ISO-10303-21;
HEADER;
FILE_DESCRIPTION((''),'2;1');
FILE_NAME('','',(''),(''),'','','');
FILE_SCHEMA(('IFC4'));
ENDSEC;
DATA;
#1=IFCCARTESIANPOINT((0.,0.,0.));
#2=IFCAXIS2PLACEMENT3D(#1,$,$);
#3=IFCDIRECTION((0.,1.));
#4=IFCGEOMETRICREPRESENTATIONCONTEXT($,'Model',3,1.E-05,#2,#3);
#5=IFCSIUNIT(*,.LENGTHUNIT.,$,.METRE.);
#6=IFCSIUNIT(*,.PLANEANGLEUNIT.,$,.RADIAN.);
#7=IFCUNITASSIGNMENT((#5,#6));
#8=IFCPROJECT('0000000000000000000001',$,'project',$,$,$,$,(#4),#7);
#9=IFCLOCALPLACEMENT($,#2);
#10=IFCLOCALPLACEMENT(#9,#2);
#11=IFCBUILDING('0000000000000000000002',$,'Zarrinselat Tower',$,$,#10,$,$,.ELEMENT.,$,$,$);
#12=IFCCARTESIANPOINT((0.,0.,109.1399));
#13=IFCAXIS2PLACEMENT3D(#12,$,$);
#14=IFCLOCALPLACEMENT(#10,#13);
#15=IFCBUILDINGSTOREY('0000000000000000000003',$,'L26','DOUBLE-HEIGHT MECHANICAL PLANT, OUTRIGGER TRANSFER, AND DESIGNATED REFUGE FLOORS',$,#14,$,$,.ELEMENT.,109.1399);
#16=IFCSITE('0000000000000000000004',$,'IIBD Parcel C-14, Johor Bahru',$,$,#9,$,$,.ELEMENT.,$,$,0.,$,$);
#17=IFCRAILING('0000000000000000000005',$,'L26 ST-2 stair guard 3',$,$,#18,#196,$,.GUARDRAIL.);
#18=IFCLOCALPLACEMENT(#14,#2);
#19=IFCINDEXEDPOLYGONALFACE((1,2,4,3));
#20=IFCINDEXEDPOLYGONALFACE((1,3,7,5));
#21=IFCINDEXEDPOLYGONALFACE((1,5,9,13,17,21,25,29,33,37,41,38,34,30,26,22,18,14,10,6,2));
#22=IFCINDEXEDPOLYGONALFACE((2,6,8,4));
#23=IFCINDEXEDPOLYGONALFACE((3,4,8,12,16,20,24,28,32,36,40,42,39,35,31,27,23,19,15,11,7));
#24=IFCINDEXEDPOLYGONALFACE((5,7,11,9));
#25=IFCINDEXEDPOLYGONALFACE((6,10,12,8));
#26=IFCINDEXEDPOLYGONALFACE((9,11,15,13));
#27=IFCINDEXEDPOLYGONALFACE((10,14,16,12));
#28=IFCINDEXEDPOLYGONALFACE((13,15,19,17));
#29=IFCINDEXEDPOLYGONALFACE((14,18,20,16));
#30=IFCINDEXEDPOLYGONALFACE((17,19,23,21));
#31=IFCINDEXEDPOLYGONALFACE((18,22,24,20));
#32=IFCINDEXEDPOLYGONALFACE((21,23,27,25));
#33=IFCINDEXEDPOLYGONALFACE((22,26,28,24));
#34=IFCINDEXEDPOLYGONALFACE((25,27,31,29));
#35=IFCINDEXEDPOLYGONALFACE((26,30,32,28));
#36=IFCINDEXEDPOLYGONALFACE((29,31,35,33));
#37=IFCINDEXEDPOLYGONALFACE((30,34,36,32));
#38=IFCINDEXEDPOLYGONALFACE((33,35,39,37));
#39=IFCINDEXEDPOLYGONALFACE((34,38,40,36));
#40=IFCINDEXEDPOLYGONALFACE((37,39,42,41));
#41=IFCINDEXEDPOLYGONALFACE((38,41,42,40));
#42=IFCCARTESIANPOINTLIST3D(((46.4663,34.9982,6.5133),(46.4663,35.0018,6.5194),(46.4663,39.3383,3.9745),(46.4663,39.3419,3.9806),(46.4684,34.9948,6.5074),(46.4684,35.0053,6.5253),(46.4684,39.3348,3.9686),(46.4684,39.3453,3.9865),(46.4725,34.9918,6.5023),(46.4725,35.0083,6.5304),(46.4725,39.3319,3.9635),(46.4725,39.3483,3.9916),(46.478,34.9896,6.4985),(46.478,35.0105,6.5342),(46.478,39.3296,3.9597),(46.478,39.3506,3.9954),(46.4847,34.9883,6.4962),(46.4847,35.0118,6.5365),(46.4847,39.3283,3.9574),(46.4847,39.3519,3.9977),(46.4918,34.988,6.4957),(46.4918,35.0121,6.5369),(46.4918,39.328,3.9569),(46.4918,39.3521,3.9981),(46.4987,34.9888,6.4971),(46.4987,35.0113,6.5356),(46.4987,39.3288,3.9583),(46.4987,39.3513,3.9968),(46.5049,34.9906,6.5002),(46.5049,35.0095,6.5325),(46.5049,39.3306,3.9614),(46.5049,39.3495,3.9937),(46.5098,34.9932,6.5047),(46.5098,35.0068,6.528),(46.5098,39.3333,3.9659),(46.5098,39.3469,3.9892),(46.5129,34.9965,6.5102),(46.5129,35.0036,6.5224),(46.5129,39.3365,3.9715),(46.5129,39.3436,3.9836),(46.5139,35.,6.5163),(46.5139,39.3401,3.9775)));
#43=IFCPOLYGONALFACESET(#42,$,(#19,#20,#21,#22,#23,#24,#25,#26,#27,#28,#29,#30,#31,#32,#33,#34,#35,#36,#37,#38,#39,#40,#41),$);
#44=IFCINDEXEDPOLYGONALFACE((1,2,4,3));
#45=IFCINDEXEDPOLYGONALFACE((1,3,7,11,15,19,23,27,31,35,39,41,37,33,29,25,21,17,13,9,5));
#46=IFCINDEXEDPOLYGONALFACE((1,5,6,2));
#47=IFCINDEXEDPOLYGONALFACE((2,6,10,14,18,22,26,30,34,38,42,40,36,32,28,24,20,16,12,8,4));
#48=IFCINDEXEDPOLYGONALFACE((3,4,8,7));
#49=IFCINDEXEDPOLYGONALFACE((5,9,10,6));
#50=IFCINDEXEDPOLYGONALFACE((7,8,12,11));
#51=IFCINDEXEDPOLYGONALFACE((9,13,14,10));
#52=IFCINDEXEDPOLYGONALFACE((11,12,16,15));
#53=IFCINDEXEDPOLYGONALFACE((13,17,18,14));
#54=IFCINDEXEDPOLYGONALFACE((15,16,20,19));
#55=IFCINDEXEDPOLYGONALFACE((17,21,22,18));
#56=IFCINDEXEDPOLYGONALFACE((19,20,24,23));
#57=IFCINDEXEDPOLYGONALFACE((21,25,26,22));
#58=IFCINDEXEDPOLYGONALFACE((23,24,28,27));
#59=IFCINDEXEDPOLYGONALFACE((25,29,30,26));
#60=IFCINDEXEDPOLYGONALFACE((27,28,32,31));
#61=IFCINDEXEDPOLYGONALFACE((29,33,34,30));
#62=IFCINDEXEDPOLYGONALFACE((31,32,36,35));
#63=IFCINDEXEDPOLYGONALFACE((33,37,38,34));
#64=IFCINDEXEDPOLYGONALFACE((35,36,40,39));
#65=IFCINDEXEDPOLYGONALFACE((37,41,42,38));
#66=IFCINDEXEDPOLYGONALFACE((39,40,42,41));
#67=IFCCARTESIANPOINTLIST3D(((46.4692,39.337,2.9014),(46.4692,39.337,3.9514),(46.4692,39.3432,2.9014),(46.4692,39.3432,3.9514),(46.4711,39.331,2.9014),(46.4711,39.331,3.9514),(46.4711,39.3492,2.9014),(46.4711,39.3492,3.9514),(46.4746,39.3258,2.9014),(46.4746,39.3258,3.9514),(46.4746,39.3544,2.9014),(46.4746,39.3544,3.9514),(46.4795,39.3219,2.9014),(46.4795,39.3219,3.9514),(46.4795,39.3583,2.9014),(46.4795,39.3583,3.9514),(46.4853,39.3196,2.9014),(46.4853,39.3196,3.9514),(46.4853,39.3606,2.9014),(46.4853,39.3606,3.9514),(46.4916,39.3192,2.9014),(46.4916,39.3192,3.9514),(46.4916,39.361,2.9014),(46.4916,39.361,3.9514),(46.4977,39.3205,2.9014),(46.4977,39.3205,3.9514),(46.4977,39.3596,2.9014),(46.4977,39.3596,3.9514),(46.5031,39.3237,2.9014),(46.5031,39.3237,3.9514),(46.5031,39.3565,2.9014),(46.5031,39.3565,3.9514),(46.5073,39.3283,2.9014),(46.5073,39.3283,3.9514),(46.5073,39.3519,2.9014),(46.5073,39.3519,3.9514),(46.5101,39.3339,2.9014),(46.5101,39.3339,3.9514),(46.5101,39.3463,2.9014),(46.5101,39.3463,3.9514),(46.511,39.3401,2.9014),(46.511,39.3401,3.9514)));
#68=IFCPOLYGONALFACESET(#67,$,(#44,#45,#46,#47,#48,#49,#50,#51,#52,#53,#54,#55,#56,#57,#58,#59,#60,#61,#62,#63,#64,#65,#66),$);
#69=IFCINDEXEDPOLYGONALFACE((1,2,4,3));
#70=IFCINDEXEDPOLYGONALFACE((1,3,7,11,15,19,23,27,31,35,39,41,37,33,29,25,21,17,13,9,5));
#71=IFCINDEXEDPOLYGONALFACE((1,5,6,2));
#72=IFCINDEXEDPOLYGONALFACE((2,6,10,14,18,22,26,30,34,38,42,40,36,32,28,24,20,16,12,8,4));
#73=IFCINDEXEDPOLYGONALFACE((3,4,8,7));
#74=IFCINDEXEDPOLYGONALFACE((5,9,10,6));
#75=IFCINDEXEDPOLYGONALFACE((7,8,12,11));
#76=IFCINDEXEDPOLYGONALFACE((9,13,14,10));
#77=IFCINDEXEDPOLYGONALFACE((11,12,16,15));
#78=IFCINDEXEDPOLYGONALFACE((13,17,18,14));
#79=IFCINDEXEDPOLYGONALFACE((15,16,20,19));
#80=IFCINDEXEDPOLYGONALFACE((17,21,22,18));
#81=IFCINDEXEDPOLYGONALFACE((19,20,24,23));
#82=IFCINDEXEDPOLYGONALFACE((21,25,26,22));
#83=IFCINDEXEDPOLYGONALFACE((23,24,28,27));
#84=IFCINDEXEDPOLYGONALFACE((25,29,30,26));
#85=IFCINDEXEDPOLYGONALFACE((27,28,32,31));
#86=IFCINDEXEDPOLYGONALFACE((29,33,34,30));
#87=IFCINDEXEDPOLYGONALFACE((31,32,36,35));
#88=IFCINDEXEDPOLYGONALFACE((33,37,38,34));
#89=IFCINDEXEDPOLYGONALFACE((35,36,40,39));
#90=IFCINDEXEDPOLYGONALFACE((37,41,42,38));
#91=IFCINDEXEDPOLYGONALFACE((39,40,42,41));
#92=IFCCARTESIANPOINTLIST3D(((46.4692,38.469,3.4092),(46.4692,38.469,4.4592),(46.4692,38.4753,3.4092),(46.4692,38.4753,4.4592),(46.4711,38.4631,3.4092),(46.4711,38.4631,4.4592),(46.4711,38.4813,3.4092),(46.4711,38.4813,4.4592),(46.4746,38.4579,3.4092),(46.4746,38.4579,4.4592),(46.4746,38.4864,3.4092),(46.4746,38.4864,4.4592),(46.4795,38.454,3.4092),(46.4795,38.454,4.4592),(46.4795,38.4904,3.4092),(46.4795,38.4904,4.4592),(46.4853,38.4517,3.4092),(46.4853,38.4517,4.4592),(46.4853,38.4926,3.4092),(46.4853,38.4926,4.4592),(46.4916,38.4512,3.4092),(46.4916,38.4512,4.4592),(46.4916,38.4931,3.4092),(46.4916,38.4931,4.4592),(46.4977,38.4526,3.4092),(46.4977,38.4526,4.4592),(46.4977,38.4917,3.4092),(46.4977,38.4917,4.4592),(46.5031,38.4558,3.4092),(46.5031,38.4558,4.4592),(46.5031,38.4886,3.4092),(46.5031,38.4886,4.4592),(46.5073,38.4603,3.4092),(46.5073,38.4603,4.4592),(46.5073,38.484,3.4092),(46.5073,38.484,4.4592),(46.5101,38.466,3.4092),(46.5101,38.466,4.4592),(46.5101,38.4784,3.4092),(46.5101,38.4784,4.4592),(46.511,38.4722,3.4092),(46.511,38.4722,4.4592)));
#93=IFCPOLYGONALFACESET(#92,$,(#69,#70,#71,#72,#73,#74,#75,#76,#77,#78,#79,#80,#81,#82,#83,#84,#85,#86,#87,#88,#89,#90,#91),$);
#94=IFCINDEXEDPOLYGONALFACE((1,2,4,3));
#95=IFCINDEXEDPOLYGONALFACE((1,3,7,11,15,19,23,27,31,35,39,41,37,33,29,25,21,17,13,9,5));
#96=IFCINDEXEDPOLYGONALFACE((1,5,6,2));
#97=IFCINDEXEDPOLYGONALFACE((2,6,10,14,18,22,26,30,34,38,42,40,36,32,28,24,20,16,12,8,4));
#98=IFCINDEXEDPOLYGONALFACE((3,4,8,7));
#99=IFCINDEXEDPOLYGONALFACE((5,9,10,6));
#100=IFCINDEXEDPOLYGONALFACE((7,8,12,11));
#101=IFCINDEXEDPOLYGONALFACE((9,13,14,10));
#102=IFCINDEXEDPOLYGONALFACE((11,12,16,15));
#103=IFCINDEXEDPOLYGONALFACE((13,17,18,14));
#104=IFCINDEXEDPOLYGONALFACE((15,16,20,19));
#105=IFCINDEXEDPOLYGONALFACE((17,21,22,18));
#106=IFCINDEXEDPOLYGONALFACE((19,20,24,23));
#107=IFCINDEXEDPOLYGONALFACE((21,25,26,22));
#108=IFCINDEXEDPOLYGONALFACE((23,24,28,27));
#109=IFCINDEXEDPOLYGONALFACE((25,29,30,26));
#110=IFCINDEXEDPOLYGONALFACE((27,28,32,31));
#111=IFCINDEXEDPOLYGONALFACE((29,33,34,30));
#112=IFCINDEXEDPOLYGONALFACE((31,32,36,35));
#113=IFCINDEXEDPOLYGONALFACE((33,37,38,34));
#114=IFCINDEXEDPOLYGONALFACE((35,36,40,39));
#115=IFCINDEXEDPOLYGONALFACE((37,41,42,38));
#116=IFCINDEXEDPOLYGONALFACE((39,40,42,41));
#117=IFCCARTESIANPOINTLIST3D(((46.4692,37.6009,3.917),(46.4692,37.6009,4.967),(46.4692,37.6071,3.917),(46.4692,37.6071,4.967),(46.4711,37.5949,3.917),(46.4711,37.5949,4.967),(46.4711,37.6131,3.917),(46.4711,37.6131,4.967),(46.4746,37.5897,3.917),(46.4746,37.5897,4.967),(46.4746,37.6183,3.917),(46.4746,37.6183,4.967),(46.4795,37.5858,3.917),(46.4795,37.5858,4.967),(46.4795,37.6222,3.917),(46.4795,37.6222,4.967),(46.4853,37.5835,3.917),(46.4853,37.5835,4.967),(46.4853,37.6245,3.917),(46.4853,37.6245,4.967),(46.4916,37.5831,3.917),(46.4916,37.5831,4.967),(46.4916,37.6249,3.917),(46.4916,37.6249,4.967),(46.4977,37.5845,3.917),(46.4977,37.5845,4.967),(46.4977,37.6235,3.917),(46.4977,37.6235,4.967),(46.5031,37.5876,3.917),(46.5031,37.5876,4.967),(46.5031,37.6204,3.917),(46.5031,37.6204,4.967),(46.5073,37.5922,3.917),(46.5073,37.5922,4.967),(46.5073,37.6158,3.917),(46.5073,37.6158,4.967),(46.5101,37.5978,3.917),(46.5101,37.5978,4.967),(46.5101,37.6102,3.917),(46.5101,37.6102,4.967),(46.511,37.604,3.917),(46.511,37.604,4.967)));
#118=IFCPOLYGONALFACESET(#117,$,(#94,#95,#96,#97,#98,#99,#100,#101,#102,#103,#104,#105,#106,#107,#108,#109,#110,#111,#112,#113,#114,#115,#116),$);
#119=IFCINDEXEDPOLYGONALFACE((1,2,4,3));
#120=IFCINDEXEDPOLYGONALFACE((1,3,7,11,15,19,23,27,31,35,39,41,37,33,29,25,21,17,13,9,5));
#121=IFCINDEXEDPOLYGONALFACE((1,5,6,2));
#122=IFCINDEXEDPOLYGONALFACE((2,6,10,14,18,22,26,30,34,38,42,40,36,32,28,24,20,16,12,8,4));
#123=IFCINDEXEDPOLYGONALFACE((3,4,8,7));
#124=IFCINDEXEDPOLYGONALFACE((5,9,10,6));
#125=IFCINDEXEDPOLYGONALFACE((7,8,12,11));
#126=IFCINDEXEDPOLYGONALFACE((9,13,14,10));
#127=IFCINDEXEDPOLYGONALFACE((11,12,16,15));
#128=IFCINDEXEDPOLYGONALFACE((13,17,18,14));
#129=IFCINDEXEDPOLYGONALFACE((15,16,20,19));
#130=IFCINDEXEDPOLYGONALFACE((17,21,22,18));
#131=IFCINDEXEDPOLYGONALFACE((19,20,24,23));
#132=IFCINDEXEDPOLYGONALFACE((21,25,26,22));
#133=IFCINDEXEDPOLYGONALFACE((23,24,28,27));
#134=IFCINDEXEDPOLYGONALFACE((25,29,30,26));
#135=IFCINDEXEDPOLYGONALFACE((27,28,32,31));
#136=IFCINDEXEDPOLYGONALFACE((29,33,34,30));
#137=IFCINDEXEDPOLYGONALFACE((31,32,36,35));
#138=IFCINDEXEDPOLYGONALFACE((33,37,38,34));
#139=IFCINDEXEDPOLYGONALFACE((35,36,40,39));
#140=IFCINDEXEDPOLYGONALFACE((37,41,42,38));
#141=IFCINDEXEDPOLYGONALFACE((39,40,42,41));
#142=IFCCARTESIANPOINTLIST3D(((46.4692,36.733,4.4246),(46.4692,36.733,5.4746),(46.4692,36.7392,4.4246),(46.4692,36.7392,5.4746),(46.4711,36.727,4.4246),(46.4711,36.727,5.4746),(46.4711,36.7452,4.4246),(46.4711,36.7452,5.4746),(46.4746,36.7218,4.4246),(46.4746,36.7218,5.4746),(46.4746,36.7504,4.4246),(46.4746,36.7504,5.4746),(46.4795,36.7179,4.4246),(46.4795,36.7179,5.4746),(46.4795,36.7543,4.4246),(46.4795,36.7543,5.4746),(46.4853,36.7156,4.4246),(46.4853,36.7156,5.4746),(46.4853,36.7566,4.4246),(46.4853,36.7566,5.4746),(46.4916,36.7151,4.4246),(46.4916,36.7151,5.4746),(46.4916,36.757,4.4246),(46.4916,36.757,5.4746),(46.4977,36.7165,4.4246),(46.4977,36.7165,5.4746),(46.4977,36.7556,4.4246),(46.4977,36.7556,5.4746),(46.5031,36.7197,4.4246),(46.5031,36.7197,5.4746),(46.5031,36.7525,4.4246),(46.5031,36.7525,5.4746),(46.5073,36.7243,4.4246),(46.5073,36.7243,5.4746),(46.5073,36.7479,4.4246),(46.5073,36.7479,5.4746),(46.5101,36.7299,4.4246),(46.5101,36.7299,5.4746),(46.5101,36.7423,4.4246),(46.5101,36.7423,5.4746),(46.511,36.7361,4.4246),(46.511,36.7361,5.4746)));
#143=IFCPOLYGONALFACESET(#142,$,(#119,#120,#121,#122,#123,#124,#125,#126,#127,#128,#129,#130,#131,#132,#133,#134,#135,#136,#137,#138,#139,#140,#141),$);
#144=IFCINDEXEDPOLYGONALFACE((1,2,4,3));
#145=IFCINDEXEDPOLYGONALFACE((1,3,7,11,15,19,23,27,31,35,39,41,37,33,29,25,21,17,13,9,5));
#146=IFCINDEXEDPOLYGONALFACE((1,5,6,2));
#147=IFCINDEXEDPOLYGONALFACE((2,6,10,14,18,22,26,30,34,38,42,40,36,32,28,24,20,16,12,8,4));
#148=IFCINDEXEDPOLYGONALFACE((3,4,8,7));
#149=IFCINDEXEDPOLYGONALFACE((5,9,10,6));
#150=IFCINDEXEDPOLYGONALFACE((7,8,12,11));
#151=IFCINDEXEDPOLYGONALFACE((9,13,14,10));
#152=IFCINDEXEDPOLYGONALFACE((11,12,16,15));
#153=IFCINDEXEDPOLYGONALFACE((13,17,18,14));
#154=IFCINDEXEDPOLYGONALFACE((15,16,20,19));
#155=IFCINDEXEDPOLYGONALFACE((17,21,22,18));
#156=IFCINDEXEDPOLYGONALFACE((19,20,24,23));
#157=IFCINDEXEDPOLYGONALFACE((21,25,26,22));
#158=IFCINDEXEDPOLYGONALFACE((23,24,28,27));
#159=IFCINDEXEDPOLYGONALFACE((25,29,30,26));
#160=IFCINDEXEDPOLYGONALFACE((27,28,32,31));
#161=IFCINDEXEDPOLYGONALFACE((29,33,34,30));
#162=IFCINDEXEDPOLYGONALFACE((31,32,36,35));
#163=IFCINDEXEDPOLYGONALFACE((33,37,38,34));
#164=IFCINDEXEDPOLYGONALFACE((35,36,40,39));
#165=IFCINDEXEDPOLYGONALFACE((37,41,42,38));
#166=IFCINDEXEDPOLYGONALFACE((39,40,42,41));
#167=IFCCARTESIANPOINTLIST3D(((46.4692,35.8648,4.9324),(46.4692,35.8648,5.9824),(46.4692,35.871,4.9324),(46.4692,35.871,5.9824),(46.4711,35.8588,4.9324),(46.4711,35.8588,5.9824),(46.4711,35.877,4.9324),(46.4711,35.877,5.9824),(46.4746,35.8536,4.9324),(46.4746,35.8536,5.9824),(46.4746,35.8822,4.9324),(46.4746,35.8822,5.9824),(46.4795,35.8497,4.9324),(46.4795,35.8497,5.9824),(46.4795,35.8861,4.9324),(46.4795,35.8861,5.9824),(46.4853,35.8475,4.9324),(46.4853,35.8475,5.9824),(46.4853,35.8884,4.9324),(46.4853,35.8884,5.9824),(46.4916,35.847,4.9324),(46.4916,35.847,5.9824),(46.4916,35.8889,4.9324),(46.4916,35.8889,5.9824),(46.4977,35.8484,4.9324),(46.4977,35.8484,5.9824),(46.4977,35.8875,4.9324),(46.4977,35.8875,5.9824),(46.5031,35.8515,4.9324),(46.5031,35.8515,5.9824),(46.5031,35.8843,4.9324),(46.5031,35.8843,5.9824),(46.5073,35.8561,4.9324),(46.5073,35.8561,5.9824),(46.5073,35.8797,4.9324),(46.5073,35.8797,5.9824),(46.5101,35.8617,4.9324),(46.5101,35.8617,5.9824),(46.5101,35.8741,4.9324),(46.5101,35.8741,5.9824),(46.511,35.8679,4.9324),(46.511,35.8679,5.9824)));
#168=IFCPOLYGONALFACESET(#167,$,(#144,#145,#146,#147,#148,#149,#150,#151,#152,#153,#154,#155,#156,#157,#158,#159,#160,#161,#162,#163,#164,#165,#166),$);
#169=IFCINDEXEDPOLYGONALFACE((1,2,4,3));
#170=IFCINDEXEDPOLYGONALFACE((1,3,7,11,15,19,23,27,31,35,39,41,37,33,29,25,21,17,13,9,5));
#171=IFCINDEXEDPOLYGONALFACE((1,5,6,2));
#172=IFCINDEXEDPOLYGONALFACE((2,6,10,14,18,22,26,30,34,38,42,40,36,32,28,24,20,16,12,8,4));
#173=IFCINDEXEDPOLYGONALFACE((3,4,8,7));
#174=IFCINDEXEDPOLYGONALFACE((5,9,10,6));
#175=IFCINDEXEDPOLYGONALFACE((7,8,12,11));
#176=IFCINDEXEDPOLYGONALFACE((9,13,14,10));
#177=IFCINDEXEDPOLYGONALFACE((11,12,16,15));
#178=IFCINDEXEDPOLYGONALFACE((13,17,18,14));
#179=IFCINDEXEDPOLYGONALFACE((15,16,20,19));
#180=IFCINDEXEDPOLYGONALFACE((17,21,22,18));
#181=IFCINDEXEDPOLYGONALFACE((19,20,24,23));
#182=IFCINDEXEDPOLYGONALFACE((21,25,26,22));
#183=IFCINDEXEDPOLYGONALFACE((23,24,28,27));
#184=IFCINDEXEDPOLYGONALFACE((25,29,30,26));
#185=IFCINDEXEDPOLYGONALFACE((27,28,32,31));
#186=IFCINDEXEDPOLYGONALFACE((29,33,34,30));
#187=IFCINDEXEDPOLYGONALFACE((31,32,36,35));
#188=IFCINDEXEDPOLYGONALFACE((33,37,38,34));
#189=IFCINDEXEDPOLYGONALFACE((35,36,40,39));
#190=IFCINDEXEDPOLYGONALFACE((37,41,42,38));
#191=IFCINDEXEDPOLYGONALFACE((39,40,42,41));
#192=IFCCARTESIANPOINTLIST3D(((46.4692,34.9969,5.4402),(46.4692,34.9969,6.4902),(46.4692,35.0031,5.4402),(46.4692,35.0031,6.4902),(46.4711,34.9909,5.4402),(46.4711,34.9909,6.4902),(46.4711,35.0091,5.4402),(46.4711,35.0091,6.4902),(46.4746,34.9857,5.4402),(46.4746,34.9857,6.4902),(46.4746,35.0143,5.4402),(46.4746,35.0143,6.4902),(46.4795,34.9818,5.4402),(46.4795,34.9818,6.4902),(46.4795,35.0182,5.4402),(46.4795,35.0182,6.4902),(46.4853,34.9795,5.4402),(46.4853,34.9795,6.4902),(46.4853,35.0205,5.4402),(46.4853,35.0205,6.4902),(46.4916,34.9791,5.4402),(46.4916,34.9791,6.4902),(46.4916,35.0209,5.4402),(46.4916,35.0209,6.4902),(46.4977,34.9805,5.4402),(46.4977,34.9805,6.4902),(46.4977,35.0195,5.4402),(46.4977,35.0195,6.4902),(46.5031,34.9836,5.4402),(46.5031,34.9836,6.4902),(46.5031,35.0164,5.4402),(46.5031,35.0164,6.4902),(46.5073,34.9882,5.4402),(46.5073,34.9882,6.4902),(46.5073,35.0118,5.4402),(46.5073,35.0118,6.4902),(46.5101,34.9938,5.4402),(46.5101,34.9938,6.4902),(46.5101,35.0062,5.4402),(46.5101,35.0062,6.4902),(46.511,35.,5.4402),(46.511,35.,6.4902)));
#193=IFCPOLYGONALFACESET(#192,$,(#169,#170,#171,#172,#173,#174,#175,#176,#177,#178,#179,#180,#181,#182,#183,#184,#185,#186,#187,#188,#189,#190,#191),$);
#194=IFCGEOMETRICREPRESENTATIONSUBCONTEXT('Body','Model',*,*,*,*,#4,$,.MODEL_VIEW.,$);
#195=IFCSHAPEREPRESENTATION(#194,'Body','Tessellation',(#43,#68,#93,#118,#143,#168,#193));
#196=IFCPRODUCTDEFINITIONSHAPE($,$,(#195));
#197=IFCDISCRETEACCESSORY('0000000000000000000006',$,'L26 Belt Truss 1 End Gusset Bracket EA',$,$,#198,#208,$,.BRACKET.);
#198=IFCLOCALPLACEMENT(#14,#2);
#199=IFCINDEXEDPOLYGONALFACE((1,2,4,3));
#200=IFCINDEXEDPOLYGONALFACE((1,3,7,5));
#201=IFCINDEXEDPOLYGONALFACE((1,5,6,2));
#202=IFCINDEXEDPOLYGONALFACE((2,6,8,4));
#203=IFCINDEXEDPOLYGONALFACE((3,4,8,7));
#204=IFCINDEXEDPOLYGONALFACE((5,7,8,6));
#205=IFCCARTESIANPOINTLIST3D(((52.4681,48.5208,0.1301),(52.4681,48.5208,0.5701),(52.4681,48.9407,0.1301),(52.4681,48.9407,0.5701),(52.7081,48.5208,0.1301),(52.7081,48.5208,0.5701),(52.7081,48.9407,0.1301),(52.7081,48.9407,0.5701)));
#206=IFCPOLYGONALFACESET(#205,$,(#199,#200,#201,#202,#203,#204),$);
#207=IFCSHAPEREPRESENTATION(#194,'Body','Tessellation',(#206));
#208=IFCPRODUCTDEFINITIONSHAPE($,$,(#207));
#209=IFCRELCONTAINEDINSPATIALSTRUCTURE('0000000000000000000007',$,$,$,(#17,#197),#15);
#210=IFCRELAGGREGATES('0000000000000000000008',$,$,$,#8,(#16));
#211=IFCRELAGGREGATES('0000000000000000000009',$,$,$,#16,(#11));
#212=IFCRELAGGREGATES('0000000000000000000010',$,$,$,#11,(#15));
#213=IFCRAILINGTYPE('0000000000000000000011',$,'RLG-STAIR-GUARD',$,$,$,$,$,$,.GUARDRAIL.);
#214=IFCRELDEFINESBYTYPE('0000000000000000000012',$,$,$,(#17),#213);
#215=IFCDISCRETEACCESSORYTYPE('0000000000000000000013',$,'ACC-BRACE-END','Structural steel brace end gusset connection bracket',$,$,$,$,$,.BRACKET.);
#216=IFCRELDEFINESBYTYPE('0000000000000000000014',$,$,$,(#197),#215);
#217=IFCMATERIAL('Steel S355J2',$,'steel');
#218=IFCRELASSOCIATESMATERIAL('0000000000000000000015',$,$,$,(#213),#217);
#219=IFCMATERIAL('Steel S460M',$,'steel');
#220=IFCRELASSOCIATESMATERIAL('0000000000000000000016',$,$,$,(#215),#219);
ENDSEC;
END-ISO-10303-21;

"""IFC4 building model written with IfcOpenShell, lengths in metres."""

from ifc_helpers import new_model, si_unit, direction, frame, origin, origin_2d, place, context, subcontext, project, spatial, rectangle, circle, extrude, material, type_object, element, save


model = new_model("IFC4")

# Units and contexts
model_context = context("Model", 3, precision=1e-05, world=origin(), true_north=direction((0.0, 1.0)))
body_context = subcontext(model_context, "Body", "Model", "MODEL_VIEW")
ifc_project = project(units=[si_unit("LENGTHUNIT", "METRE"), si_unit("PLANEANGLEUNIT", "RADIAN")], contexts=[model_context])

# Site, building, storey
site_placement = place(None, origin())
site = spatial("IfcSite", under=ifc_project, at=site_placement, Name="IIBD Parcel C-14, Johor Bahru", CompositionType="ELEMENT", RefElevation=0.0)
building_placement = place(site_placement, origin())
building = spatial("IfcBuilding", under=site, at=building_placement, Name="Zarrinselat Tower", CompositionType="ELEMENT")
storey_placement = place(building_placement, frame((0.0, 0.0, 109.1399)))
storey = spatial("IfcBuildingStorey", under=building, at=storey_placement, Name="L26", Description="DOUBLE-HEIGHT MECHANICAL PLANT, OUTRIGGER TRANSFER, AND DESIGNATED REFUGE FLOORS", CompositionType="ELEMENT", Elevation=109.1399)

# Railing
ifc_material_1 = material(Name="Steel S355J2", Category="steel")
railing_type = type_object("IfcRailingType", Name="RLG-STAIR-GUARD", PredefinedType="GUARDRAIL", material=ifc_material_1)
railing_1_placement = place(storey_placement, frame((46.49, 39.3401, 2.9014)))
element("IfcRailing", 1, at=railing_1_placement, inside=storey, type_object=railing_type, Name="L26 ST-2 stair guard 3", PredefinedType="GUARDRAIL", context=body_context, shape_type="SweptSolid", body=[
    extrude(circle(Radius=0.0239, at=origin_2d()), frame((0.0, 0.0, 1.0762), z_axis=(0.0, -0.863164, 0.504924), x_axis=(1.0, 0.0, 0.0)), (0.0, 0.0, 1.0), 5.0281),
    extrude(circle(Radius=0.021, at=origin_2d()), origin(), (0.0, 0.0, 1.0), 1.05),
    extrude(circle(Radius=0.021, at=origin_2d()), frame((0.0, -0.8679, 0.5078)), (0.0, 0.0, 1.0), 1.05),
    extrude(circle(Radius=0.021, at=origin_2d()), frame((0.0, -1.7361, 1.0156)), (0.0, 0.0, 1.0), 1.05),
    extrude(circle(Radius=0.021, at=origin_2d()), frame((0.0, -2.604, 1.5232)), (0.0, 0.0, 1.0), 1.05),
    extrude(circle(Radius=0.021, at=origin_2d()), frame((0.0, -3.4722, 2.031)), (0.0, 0.0, 1.0), 1.05),
    extrude(circle(Radius=0.021, at=origin_2d()), frame((0.0, -4.3401, 2.5388)), (0.0, 0.0, 1.0), 1.05),
])

# Discrete accessory
ifc_material_2 = material(Name="Steel S460M", Category="steel")
discrete_accessory_type_1 = type_object("IfcDiscreteAccessoryType", Name="ACC-BRACE-END", Description="Structural steel brace end gusset connection bracket", PredefinedType="BRACKET", material=ifc_material_2)
for number, where, z_axis, x_axis, name in (
    (2, (52.5881, 48.7307, 0.1301), (0.0, 0.0, 1.0), (-1.0, 0.0, 0.0), "L26 Belt Truss 1 End Gusset Bracket EA"),
):
    element("IfcDiscreteAccessory", number, at=place(storey_placement, frame(where, z_axis=z_axis, x_axis=x_axis)), inside=storey, type_object=discrete_accessory_type_1, Name=name, PredefinedType="BRACKET", context=body_context, shape_type="SweptSolid", body=[
        extrude(rectangle(XDim=0.24, YDim=0.4199, at=origin_2d()), origin(), (0.0, 0.0, 1.0), 0.4399),
    ])

save(model, "model.ifc")
